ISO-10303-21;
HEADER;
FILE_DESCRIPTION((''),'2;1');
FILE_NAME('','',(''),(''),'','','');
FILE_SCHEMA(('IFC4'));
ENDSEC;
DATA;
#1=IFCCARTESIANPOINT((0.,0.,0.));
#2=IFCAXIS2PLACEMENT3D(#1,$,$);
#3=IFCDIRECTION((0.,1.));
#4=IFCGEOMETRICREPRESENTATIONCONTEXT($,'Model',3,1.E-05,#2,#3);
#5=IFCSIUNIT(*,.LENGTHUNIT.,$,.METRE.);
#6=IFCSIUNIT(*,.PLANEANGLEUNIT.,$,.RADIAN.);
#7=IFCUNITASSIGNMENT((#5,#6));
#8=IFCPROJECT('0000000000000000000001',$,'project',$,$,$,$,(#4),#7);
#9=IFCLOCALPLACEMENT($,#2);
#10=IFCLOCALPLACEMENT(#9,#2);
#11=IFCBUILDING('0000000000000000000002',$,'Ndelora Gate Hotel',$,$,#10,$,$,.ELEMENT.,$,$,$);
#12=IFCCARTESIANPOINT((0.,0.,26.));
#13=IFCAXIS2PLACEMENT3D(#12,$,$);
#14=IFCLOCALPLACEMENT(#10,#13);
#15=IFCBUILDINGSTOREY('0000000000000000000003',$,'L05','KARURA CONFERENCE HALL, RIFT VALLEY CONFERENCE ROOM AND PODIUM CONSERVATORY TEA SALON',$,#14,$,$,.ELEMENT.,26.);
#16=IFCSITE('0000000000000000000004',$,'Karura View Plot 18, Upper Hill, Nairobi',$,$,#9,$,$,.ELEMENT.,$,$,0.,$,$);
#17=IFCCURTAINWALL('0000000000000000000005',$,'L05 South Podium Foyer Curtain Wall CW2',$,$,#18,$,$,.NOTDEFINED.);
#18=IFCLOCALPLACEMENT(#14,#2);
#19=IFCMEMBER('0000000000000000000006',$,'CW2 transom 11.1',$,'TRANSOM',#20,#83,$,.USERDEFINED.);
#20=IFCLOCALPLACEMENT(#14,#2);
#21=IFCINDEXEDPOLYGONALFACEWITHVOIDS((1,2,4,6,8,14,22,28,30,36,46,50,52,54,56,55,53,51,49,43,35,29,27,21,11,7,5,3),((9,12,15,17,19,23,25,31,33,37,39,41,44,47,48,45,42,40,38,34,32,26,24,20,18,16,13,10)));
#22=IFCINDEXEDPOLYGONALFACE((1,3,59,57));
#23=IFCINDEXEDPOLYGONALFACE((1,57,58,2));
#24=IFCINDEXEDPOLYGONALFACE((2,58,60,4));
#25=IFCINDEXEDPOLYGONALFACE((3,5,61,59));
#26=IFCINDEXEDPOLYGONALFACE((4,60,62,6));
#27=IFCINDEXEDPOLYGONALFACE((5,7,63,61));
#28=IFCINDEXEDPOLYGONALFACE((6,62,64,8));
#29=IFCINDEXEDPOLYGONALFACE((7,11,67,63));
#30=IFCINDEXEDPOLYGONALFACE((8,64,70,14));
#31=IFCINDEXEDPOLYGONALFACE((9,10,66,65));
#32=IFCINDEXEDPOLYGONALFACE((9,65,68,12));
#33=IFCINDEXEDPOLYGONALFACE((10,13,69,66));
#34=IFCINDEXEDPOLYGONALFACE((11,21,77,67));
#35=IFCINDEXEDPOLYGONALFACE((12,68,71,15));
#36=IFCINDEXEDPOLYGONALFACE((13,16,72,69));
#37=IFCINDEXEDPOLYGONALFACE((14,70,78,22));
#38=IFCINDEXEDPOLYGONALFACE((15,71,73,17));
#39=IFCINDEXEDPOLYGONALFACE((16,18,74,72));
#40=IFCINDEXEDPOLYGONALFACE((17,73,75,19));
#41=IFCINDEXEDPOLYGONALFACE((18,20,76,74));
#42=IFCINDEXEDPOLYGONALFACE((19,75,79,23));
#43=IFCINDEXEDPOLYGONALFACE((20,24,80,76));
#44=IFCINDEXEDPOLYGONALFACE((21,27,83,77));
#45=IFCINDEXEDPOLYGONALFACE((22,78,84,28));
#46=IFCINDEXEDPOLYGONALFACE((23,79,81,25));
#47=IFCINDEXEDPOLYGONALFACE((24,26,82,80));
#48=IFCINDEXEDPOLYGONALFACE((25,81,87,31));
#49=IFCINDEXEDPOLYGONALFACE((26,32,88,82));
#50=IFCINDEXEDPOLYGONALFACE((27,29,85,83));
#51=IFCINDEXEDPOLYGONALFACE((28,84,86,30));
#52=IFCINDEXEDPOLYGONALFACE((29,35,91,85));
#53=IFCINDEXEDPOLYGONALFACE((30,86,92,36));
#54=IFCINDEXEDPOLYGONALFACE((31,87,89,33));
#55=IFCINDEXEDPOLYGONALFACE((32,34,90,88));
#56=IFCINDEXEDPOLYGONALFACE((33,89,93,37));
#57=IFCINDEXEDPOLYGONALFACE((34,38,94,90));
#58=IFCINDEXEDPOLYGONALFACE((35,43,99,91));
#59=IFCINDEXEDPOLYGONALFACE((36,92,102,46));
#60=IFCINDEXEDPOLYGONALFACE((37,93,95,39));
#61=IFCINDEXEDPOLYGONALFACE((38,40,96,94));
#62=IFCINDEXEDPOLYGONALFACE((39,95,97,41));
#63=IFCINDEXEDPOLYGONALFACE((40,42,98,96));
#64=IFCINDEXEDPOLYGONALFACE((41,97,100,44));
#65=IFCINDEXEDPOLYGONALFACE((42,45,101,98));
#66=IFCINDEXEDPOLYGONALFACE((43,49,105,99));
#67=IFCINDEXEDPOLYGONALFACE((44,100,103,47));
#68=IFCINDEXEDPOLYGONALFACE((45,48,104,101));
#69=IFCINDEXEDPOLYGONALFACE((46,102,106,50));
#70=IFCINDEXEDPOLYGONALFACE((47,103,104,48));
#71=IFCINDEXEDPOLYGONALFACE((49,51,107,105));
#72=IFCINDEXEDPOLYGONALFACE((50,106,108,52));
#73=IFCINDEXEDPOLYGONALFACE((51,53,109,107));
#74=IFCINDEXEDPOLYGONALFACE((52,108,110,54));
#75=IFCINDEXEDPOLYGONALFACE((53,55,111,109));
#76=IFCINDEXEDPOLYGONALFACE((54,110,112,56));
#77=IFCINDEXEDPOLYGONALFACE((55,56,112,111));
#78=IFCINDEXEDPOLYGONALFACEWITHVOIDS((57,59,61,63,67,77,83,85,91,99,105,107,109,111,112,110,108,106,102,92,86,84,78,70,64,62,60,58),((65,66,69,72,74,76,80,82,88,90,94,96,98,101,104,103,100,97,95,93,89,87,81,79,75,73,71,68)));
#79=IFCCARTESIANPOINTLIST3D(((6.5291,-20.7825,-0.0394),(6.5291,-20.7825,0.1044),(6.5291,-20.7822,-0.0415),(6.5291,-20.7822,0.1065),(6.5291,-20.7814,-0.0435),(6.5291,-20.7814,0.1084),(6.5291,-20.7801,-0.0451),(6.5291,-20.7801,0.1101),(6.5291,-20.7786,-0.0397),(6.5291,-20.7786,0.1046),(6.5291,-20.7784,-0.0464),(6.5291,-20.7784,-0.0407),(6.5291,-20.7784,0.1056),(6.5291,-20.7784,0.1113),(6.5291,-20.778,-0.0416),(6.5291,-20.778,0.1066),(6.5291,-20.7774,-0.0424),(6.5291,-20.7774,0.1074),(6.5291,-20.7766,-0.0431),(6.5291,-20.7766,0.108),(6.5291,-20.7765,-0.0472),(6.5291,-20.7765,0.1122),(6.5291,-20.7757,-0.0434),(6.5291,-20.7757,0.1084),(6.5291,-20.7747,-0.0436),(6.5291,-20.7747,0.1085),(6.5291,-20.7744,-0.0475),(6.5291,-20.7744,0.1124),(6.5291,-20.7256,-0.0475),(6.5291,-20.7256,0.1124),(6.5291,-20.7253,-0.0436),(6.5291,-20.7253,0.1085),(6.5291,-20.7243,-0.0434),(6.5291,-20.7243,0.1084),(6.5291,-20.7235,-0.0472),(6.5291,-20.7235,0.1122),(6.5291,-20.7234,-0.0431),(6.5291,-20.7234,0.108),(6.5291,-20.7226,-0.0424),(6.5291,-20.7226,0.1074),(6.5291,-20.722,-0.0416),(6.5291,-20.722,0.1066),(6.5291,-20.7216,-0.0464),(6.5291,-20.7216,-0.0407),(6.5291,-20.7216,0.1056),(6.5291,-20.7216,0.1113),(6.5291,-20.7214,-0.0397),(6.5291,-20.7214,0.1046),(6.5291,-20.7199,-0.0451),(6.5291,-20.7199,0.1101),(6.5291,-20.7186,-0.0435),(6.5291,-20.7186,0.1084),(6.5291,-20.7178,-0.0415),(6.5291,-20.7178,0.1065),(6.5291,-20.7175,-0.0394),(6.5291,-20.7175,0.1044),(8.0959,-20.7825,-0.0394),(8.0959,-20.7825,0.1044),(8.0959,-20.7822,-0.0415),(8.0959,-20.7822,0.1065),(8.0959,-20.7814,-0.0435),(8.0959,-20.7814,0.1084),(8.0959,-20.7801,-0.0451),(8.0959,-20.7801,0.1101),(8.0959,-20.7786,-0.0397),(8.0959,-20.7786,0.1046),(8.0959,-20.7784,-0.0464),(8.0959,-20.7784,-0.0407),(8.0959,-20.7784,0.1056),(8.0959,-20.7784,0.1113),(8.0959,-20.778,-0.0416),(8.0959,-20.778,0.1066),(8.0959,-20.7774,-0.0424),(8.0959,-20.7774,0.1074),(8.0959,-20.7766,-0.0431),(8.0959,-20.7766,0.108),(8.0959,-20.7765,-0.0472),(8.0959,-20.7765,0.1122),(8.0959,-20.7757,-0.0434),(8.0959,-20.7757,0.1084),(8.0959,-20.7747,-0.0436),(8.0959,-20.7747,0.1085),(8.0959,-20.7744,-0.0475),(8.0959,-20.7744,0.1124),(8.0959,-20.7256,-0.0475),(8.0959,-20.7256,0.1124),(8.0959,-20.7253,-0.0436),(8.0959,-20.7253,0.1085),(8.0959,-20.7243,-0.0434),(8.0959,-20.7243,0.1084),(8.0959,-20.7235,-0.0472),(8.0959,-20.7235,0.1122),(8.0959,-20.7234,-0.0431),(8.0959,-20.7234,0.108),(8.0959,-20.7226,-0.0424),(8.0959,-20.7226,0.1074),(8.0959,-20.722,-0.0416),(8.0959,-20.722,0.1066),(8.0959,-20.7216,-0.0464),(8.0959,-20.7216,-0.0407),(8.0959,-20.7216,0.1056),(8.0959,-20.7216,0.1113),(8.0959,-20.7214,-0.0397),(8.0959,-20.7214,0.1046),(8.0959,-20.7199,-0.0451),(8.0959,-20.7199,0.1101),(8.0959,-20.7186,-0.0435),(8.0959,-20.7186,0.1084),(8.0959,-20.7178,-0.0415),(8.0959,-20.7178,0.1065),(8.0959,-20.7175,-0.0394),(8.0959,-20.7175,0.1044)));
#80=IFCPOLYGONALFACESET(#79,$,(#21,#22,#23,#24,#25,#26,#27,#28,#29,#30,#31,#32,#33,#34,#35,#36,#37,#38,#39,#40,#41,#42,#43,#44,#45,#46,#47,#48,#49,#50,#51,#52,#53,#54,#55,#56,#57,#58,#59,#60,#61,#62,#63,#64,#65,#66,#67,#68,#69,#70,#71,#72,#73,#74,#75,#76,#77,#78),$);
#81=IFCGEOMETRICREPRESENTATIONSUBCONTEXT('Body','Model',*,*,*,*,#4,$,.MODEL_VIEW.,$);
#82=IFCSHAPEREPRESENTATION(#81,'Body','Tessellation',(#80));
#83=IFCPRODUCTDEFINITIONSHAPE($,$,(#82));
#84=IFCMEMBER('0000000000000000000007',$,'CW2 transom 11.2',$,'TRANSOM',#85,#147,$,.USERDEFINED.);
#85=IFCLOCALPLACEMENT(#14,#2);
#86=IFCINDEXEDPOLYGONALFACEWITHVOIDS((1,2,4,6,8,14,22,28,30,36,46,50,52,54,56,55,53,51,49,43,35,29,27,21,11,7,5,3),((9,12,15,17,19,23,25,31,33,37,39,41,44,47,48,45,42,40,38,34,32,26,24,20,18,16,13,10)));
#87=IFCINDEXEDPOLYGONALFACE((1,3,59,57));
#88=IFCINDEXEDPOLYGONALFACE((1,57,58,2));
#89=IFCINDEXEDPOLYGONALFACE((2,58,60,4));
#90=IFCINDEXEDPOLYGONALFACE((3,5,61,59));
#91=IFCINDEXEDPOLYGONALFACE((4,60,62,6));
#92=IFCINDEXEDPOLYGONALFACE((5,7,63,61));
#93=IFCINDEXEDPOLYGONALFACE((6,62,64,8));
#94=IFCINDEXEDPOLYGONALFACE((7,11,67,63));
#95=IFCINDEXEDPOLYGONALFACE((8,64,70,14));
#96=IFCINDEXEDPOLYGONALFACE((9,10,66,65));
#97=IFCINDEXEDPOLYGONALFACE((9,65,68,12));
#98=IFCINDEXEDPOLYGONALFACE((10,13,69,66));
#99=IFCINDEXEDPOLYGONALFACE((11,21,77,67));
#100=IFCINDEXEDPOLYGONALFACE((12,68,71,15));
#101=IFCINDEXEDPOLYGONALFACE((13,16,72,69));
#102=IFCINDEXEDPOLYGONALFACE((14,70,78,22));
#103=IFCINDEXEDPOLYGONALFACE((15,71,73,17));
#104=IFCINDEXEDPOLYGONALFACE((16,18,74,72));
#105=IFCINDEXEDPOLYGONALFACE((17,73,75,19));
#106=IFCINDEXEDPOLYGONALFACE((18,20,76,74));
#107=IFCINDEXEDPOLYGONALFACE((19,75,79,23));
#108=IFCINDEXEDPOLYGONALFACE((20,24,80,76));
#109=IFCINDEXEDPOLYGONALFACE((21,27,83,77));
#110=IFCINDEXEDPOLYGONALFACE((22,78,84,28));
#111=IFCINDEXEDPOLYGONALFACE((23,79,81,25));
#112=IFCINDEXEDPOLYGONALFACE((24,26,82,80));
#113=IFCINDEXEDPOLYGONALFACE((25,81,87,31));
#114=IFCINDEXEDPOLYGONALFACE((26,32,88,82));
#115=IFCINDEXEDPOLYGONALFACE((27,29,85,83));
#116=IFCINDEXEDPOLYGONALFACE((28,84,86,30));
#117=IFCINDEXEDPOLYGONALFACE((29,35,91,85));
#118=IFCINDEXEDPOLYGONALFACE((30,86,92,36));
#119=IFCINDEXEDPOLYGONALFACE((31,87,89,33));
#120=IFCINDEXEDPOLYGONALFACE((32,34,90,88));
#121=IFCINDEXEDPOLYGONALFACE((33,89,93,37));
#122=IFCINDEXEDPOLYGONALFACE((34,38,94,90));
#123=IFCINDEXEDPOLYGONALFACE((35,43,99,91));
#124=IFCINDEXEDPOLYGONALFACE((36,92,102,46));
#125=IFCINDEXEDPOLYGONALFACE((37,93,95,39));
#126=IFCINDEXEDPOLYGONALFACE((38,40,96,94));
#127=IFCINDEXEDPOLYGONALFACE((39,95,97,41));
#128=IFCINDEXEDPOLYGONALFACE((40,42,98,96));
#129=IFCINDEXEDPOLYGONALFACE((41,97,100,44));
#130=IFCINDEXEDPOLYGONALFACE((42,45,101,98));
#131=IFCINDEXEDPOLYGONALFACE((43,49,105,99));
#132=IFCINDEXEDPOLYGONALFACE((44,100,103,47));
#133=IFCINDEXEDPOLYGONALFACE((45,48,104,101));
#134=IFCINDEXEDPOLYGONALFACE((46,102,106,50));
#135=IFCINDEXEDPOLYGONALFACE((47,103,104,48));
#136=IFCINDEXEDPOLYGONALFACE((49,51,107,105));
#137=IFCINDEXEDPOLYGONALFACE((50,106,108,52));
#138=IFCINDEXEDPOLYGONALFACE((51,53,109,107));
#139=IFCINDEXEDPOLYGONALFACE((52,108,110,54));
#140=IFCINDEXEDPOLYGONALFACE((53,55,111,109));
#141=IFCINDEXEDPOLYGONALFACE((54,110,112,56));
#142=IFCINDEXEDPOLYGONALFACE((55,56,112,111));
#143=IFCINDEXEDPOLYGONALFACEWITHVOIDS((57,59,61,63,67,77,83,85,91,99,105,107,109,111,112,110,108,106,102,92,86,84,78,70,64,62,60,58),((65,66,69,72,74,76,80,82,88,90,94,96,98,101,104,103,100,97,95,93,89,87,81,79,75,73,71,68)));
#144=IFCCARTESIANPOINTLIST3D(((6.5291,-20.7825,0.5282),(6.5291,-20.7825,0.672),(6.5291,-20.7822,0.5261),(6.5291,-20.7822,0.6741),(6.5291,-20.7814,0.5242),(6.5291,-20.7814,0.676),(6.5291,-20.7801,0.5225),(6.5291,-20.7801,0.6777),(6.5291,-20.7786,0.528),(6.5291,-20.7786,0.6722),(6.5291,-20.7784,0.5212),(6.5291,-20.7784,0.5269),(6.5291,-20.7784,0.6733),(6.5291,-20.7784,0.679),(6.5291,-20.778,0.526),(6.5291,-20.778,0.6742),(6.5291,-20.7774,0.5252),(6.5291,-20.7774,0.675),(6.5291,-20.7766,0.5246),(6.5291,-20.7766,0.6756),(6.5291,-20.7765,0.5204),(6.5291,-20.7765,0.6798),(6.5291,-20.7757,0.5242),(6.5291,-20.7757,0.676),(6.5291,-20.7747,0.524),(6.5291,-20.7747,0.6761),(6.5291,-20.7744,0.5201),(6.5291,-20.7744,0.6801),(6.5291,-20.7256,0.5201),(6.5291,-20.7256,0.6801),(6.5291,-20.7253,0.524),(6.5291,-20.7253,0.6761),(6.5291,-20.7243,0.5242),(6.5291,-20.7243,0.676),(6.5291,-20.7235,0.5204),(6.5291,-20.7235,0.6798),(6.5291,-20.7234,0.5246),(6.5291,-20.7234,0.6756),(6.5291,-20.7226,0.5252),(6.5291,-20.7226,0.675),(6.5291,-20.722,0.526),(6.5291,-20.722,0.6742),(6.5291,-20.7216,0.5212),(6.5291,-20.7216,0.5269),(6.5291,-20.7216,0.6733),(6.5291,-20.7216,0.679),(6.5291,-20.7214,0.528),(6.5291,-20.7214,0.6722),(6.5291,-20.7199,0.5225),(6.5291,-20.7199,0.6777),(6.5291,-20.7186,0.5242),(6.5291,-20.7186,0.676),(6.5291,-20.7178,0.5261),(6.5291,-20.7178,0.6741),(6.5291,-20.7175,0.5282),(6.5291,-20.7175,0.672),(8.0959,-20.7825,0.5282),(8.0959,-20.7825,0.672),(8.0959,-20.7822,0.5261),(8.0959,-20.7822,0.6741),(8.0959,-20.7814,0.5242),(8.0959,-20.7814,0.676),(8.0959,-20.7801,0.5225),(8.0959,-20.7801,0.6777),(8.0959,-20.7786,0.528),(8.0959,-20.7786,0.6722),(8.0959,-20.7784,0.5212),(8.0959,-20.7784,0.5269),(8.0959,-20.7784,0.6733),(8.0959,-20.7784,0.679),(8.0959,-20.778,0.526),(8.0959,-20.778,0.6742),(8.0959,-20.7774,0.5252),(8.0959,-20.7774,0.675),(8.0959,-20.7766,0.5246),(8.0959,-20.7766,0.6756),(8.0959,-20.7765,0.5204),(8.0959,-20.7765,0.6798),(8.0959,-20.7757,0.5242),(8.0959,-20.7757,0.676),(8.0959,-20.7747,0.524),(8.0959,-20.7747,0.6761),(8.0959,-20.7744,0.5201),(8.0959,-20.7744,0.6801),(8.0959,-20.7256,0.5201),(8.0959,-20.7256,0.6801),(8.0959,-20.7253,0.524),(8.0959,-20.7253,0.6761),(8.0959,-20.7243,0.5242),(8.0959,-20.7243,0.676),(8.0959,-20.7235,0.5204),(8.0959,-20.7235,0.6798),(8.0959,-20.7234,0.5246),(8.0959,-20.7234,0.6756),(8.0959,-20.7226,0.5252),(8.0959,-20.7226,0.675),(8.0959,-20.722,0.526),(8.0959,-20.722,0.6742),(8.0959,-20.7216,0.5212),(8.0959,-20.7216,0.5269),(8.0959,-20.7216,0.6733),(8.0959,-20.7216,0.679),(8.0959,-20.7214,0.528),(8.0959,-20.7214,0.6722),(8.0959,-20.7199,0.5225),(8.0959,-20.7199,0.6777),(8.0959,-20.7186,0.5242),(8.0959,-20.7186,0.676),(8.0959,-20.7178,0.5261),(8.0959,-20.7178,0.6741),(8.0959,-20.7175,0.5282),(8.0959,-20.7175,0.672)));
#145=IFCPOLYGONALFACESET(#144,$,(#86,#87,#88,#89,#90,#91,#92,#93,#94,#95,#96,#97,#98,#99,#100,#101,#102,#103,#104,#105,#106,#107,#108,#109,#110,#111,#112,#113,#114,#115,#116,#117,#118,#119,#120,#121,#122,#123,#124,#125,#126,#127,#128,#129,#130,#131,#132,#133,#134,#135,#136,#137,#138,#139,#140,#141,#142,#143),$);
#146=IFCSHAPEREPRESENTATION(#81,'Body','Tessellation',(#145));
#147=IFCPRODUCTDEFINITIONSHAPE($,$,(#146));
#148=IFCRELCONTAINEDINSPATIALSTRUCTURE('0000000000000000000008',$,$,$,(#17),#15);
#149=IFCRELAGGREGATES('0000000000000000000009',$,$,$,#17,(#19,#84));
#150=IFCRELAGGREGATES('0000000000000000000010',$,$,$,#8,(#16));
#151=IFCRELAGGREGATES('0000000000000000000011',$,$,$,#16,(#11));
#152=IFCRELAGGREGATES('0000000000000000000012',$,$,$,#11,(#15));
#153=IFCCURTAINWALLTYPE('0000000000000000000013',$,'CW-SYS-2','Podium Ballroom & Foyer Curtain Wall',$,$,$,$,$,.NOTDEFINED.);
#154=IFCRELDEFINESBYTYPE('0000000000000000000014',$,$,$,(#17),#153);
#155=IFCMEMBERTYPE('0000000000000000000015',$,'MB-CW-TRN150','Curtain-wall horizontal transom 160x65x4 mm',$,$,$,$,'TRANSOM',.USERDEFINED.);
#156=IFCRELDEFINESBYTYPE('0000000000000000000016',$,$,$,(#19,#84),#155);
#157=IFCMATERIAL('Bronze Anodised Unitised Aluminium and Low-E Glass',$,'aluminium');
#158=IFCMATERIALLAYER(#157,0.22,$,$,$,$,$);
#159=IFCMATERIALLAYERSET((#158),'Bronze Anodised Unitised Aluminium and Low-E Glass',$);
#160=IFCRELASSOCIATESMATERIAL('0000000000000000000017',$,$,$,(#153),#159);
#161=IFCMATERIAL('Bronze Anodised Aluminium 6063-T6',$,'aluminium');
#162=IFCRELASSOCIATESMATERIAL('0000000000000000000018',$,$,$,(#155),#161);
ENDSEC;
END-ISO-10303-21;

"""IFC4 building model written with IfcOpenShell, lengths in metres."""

from ifc_helpers import new_model, si_unit, direction, frame, origin, origin_2d, place, context, subcontext, project, spatial, hollow_rectangle, extrude, material, layer, layer_set, material_profile, profile_set, type_object, element, aggregate, save


model = new_model("IFC4")

# Units and contexts
model_context = context("Model", 3, precision=1e-05, world=origin(), true_north=direction((0.0, 1.0)))
body_context = subcontext(model_context, "Body", "Model", "MODEL_VIEW")
ifc_project = project(units=[si_unit("LENGTHUNIT", "METRE"), si_unit("PLANEANGLEUNIT", "RADIAN")], contexts=[model_context])

# Site, building, storey
site_placement = place(None, origin())
site = spatial("IfcSite", under=ifc_project, at=site_placement, Name="Karura View Plot 18, Upper Hill, Nairobi", CompositionType="ELEMENT", RefElevation=0.0)
building_placement = place(site_placement, origin())
building = spatial("IfcBuilding", under=site, at=building_placement, Name="Ndelora Gate Hotel", CompositionType="ELEMENT")
storey_placement = place(building_placement, frame((0.0, 0.0, 26.0)))
storey = spatial("IfcBuildingStorey", under=building, at=storey_placement, Name="L05", Description="KARURA CONFERENCE HALL, RIFT VALLEY CONFERENCE ROOM AND PODIUM CONSERVATORY TEA SALON", CompositionType="ELEMENT", Elevation=26.0)

# Curtain wall, members
ifc_material_1 = material(Name="Bronze Anodised Unitised Aluminium and Low-E Glass", Category="aluminium")
ifc_layer_1 = layer(ifc_material_1, 0.22)
ifc_layer_set_1 = layer_set([ifc_layer_1], Name="Bronze Anodised Unitised Aluminium and Low-E Glass")
curtain_wall_type = type_object("IfcCurtainWallType", Name="CW-SYS-2", Description="Podium Ballroom & Foyer Curtain Wall", PredefinedType="NOTDEFINED", material=ifc_layer_set_1)
curtain_wall_placement = place(storey_placement, origin())
curtain_wall = element("IfcCurtainWall", 1, at=curtain_wall_placement, inside=storey, type_object=curtain_wall_type, Name="L05 South Podium Foyer Curtain Wall CW2", PredefinedType="NOTDEFINED")
ifc_material_2 = material(Name="Bronze Anodised Aluminium 6063-T6", Category="aluminium")
ifc_material_profile_1 = material_profile(ifc_material_2, hollow_rectangle(XDim=0.0649, YDim=0.1599, WallThickness=0.0039, InnerFilletRadius=0.0039, OuterFilletRadius=0.0081, at=origin_2d()), Name="ALU 160x65x4")
ifc_profile_set_1 = profile_set([ifc_material_profile_1], Name="Bronze Anodised Aluminium 6063-T6")
member_type_1 = type_object("IfcMemberType", Name="MB-CW-TRN150", Description="Curtain-wall horizontal transom 160x65x4 mm", ElementType="TRANSOM", PredefinedType="USERDEFINED", material=ifc_profile_set_1)
member_1_placement = place(storey_placement, frame((6.5291, -20.75, 0.0325), z_axis=(1.0, 0.0, 0.0), x_axis=(0.0, 1.0, 0.0)))
member_1 = element("IfcMember", 2, at=member_1_placement, type_object=member_type_1, Name="CW2 transom 11.1", ObjectType="TRANSOM", PredefinedType="USERDEFINED", context=body_context, shape_type="SweptSolid", body=[
    extrude(hollow_rectangle(XDim=0.0649, YDim=0.1599, WallThickness=0.0039, InnerFilletRadius=0.0039, OuterFilletRadius=0.0081, at=origin_2d()), origin(), (0.0, 0.0, 1.0), 1.5669),
])
member_2_placement = place(storey_placement, frame((6.5291, -20.75, 0.6001), z_axis=(1.0, 0.0, 0.0), x_axis=(0.0, 1.0, 0.0)))
member_2 = element("IfcMember", 3, at=member_2_placement, type_object=member_type_1, Name="CW2 transom 11.2", ObjectType="TRANSOM", PredefinedType="USERDEFINED", context=body_context, shape_type="SweptSolid", body=[
    extrude(hollow_rectangle(XDim=0.0649, YDim=0.1599, WallThickness=0.0039, InnerFilletRadius=0.0039, OuterFilletRadius=0.0081, at=origin_2d()), origin(), (0.0, 0.0, 1.0), 1.5669),
])
aggregate(curtain_wall, [member_1, member_2])

save(model, "model.ifc")
